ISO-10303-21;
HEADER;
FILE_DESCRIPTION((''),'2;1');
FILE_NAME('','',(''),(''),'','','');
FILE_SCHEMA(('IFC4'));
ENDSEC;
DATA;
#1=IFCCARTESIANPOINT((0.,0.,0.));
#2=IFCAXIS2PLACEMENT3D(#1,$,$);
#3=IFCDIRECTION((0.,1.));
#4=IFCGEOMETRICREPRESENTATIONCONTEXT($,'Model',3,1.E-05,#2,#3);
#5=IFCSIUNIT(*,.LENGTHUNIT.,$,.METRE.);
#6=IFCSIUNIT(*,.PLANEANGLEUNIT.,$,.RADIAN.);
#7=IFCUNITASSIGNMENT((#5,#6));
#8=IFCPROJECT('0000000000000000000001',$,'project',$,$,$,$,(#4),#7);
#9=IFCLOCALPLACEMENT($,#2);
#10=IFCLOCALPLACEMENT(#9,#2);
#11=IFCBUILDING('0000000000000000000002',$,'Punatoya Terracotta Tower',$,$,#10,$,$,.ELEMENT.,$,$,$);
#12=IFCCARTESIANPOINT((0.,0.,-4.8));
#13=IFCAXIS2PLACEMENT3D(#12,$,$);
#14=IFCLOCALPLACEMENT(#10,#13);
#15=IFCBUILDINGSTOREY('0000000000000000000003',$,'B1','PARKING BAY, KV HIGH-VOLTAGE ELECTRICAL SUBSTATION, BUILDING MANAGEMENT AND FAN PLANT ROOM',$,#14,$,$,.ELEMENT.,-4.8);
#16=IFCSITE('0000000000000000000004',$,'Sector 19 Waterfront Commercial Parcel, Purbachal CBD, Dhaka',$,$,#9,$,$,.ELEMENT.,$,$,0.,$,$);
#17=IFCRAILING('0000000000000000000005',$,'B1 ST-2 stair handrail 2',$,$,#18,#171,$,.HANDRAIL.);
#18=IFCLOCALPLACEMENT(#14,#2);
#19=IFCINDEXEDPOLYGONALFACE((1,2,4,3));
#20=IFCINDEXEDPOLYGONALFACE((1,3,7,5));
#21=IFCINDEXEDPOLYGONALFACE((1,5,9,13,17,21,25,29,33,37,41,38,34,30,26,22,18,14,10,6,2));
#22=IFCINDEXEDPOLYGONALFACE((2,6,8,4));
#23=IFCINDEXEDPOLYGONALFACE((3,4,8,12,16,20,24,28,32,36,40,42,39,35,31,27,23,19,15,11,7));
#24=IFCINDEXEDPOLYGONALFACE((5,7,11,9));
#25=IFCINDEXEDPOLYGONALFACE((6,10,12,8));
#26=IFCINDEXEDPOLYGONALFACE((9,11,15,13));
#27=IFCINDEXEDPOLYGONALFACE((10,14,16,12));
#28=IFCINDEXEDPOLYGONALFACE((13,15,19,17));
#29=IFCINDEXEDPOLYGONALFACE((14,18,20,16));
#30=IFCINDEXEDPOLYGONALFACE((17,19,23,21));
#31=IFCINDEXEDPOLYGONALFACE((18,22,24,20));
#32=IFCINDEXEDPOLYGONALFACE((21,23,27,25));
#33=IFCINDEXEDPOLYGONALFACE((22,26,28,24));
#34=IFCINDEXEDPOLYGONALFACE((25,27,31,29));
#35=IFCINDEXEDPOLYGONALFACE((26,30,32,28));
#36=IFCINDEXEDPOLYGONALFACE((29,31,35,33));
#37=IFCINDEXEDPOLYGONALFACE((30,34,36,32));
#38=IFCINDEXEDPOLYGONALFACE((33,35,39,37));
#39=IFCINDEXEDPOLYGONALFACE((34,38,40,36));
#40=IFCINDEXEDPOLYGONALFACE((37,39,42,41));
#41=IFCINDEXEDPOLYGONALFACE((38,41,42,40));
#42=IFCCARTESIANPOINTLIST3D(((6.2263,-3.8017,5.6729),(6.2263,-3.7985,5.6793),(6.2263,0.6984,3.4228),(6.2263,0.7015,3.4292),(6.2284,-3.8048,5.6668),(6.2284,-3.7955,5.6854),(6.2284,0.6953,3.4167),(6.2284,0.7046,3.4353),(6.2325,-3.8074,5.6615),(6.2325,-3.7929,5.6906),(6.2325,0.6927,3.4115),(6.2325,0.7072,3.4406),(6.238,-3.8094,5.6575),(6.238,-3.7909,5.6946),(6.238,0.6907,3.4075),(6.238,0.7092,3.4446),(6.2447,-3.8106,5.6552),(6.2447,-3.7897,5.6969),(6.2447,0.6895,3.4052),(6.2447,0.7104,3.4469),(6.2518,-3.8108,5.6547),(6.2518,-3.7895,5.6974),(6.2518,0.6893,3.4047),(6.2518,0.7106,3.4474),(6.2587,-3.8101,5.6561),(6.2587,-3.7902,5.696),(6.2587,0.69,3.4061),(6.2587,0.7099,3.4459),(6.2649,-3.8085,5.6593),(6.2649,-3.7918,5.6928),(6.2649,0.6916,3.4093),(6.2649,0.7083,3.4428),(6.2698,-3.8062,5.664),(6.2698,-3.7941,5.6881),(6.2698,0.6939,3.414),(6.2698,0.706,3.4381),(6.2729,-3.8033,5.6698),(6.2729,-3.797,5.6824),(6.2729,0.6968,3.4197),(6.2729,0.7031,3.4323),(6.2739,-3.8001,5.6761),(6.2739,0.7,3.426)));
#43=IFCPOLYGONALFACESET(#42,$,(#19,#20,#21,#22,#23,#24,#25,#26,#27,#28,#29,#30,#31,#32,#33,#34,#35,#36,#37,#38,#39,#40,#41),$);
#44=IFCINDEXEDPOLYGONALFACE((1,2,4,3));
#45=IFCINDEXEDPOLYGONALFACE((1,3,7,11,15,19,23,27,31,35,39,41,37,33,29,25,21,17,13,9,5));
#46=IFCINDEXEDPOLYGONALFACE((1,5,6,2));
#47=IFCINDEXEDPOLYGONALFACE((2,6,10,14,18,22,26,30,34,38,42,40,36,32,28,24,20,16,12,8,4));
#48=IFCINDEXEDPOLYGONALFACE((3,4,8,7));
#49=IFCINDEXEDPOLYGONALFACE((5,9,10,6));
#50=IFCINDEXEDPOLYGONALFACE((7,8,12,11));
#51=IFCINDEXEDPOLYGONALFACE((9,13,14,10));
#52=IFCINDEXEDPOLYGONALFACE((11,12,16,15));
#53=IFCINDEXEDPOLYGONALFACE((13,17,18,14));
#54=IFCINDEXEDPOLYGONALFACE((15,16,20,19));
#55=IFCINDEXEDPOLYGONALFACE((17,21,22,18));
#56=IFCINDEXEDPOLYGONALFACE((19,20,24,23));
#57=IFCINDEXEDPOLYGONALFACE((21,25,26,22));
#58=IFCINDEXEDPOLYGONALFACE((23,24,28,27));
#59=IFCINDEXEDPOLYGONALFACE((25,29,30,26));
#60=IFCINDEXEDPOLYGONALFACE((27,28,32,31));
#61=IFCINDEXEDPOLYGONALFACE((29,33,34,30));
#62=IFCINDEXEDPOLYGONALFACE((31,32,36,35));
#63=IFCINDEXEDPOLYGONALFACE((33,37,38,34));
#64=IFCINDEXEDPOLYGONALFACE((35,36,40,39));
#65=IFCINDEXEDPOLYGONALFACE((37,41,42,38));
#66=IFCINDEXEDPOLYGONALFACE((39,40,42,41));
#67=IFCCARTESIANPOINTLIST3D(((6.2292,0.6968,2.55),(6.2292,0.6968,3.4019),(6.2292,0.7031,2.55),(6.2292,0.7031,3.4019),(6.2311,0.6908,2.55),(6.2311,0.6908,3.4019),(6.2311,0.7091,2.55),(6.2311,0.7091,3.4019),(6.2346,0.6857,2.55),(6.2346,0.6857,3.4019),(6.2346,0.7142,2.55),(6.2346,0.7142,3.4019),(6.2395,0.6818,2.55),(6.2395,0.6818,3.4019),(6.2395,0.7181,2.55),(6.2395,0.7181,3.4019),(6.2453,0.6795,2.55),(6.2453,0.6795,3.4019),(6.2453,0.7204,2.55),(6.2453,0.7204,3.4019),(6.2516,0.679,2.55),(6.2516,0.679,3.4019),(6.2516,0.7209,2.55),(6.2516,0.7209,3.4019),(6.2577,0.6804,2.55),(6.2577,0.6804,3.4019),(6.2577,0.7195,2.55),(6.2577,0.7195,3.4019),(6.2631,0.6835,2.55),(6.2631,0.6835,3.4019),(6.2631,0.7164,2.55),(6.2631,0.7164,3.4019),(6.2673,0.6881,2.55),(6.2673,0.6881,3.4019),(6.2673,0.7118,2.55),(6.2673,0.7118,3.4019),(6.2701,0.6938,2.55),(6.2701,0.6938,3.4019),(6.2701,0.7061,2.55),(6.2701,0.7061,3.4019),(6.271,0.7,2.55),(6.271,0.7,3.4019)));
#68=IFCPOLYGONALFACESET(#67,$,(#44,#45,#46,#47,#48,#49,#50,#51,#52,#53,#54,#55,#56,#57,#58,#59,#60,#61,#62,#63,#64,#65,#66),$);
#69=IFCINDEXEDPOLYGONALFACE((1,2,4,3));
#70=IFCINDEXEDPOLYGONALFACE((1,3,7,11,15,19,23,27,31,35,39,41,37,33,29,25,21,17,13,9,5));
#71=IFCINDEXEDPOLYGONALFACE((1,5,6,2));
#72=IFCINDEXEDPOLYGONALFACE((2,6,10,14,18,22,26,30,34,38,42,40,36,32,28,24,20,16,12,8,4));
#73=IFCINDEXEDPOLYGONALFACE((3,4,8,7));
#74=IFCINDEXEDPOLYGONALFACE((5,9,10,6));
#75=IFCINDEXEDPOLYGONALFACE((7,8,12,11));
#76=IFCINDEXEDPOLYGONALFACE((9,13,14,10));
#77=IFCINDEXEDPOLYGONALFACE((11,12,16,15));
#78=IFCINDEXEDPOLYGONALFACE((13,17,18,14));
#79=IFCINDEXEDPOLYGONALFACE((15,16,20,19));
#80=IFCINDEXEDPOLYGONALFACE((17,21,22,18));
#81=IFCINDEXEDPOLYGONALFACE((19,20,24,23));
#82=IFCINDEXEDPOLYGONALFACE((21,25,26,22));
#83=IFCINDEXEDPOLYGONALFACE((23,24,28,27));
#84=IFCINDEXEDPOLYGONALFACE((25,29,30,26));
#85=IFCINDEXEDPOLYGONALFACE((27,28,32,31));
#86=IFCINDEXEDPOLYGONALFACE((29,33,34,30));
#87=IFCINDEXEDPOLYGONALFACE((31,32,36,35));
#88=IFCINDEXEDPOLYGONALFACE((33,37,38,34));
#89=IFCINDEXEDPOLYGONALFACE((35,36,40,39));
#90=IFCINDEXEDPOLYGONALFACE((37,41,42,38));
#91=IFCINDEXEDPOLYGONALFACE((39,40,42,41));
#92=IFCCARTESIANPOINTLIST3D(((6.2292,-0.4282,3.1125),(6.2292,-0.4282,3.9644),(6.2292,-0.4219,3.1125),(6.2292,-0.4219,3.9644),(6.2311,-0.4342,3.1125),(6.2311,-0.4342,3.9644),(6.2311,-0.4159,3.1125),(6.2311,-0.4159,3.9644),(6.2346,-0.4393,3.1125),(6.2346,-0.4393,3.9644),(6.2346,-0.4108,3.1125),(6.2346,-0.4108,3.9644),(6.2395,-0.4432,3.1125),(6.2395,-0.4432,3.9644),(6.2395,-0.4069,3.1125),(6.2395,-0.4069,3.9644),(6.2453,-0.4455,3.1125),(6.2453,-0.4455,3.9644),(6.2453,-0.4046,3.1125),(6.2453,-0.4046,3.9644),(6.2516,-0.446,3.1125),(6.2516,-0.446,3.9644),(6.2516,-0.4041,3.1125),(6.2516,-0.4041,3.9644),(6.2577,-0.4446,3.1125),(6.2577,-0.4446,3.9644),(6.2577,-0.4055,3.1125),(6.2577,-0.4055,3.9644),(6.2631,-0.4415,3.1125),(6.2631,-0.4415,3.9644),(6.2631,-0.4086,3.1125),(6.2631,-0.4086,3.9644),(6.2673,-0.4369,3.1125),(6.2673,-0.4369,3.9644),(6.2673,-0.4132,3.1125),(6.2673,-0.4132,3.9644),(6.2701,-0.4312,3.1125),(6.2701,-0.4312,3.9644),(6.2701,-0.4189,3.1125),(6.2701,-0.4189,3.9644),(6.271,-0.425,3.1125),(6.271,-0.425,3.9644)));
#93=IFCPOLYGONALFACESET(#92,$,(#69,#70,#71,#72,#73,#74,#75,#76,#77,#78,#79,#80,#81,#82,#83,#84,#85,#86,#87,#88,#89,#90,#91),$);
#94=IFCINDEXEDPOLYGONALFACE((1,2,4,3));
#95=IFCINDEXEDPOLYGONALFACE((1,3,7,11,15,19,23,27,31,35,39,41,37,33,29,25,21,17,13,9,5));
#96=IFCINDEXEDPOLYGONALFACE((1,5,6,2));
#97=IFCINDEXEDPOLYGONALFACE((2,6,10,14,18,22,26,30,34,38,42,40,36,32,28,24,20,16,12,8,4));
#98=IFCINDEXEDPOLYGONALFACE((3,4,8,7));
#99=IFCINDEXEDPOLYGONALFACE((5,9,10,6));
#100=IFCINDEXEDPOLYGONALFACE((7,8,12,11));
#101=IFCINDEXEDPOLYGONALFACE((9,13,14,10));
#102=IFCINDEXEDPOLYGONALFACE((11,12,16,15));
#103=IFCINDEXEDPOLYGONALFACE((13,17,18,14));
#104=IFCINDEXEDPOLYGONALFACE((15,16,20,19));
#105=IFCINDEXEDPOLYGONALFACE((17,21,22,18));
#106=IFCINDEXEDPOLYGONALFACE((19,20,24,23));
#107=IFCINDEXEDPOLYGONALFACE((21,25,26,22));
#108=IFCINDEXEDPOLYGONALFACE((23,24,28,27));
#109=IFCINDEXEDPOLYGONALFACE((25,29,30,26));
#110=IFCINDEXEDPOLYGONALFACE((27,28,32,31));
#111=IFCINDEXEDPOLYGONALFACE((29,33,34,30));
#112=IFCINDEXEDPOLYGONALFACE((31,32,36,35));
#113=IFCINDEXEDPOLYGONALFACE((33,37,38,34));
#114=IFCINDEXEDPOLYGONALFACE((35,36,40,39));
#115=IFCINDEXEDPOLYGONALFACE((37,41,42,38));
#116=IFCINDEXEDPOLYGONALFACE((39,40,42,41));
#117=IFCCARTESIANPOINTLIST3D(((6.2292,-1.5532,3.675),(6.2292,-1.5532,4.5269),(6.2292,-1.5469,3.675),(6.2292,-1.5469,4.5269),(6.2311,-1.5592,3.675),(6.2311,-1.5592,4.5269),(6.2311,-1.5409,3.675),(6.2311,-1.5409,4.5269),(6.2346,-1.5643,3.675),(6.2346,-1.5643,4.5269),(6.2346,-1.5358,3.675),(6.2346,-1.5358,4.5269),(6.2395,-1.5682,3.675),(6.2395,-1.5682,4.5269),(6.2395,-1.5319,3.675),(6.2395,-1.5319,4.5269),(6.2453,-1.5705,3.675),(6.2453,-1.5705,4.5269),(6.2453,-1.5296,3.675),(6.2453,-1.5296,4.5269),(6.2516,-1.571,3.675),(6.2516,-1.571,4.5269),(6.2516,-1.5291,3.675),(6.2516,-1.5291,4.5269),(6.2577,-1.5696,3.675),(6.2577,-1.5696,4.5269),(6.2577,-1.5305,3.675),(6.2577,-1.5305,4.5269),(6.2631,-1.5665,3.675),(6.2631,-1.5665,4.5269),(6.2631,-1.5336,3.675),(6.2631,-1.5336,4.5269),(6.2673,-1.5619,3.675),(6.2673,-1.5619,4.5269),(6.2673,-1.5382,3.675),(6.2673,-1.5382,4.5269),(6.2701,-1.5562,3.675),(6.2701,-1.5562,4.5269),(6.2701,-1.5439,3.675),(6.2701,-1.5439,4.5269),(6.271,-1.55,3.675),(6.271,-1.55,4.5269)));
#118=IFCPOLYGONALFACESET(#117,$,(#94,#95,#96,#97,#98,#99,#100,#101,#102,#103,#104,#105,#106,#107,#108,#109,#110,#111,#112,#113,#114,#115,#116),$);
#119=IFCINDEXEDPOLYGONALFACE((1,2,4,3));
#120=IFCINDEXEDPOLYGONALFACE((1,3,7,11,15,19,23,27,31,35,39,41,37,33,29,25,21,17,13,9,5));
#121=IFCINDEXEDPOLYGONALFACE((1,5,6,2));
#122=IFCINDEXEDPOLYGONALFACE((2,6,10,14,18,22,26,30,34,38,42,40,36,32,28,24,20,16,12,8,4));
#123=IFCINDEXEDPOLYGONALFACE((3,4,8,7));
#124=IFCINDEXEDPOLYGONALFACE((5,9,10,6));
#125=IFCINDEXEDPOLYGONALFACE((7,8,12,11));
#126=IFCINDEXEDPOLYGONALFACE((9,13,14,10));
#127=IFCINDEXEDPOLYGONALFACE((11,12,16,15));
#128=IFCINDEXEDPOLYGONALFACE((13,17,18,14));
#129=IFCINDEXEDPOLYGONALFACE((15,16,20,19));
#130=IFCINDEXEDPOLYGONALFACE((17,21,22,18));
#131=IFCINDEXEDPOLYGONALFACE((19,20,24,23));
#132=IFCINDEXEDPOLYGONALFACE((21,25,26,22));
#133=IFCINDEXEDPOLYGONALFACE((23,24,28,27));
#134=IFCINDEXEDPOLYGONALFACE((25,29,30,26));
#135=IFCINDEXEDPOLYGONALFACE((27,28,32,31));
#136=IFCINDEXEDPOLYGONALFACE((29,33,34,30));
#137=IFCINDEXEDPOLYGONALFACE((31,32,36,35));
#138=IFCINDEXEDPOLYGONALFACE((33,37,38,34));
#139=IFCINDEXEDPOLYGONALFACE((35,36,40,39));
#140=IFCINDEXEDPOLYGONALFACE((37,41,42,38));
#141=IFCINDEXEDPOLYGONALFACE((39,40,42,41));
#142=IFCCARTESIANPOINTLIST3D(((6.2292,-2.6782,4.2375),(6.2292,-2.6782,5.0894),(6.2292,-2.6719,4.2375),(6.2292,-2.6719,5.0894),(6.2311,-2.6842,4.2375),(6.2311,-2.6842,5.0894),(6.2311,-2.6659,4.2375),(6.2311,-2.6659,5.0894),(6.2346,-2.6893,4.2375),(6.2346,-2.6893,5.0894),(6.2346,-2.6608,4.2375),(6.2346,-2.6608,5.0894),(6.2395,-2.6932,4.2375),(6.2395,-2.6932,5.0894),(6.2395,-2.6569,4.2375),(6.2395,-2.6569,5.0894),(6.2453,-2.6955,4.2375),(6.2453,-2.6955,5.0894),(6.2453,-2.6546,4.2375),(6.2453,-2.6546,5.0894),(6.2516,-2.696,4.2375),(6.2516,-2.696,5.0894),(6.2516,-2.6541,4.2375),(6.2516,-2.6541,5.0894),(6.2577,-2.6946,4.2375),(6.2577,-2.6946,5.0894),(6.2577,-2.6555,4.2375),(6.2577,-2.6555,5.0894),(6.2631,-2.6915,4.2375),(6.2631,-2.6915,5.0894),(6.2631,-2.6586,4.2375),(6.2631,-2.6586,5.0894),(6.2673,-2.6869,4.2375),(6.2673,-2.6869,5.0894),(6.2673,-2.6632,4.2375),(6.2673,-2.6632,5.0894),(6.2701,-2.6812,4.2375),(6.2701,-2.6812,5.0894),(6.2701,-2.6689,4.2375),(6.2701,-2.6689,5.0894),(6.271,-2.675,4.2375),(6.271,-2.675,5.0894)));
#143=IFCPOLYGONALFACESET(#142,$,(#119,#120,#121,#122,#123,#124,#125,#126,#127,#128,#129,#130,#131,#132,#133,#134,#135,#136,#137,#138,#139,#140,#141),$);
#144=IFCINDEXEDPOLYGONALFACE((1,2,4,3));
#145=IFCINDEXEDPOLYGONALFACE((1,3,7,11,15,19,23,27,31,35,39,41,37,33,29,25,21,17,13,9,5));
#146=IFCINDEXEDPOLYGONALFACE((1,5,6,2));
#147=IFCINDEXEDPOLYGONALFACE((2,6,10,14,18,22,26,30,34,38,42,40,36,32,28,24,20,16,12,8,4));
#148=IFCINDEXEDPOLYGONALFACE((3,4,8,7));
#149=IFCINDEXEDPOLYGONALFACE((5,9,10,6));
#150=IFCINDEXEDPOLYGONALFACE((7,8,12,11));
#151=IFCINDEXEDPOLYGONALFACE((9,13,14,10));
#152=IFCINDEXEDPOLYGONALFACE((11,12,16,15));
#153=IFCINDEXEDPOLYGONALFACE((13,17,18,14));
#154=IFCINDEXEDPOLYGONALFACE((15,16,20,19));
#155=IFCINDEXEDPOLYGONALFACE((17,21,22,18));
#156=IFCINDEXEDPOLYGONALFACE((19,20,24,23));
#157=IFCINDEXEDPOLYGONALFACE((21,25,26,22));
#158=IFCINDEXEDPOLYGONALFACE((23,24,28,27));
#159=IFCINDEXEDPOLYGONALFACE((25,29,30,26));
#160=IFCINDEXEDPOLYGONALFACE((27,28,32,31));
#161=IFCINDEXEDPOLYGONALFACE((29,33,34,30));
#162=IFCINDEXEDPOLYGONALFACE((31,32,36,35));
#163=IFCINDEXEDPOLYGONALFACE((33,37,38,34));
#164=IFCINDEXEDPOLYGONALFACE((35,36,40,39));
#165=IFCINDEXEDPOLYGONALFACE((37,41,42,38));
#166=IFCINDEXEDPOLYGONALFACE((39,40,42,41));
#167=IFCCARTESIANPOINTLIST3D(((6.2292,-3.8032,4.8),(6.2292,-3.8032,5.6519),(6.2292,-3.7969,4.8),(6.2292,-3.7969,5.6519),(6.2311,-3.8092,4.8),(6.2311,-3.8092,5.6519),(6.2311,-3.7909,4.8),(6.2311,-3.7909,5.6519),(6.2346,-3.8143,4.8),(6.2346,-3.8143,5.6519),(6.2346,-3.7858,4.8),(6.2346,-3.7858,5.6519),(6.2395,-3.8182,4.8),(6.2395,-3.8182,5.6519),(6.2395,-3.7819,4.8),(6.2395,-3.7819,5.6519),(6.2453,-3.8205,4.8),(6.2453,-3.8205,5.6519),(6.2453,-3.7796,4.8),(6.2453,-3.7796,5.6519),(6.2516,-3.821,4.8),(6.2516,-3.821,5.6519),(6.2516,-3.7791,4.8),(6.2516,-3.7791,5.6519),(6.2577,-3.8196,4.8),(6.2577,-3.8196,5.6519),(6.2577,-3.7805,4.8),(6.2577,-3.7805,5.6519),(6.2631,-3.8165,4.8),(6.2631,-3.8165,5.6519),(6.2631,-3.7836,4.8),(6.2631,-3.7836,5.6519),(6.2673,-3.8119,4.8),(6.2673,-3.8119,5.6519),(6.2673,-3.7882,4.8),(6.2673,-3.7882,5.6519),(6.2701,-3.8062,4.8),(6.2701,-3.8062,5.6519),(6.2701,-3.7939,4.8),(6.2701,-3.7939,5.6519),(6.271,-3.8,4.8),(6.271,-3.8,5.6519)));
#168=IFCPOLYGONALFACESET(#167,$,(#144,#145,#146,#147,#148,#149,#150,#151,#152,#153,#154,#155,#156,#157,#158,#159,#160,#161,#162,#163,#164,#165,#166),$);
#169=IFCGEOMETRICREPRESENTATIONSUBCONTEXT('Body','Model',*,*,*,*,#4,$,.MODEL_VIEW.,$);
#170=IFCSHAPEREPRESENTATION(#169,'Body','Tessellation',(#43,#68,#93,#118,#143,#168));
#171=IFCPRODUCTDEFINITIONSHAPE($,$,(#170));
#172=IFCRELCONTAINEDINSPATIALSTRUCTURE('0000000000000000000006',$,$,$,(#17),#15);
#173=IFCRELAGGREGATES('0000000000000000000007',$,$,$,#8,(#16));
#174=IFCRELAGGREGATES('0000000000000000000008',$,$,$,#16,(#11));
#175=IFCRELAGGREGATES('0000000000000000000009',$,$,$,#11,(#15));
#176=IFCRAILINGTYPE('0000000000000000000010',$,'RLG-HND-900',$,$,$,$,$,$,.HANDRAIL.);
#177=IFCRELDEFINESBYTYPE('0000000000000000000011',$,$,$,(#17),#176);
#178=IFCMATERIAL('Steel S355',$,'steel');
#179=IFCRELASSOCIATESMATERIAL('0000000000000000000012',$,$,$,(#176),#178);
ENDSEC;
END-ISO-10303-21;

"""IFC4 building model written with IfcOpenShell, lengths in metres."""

from ifc_helpers import new_model, si_unit, direction, frame, origin, origin_2d, place, context, subcontext, project, spatial, circle, extrude, material, type_object, element, save


model = new_model("IFC4")

# Units and contexts
model_context = context("Model", 3, precision=1e-05, world=origin(), true_north=direction((0.0, 1.0)))
body_context = subcontext(model_context, "Body", "Model", "MODEL_VIEW")
ifc_project = project(units=[si_unit("LENGTHUNIT", "METRE"), si_unit("PLANEANGLEUNIT", "RADIAN")], contexts=[model_context])

# Site, building, storey
site_placement = place(None, origin())
site = spatial("IfcSite", under=ifc_project, at=site_placement, Name="Sector 19 Waterfront Commercial Parcel, Purbachal CBD, Dhaka", CompositionType="ELEMENT", RefElevation=0.0)
building_placement = place(site_placement, origin())
building = spatial("IfcBuilding", under=site, at=building_placement, Name="Punatoya Terracotta Tower", CompositionType="ELEMENT")
storey_placement = place(building_placement, frame((0.0, 0.0, -4.8)))
storey = spatial("IfcBuildingStorey", under=building, at=storey_placement, Name="B1", Description="PARKING BAY, KV HIGH-VOLTAGE ELECTRICAL SUBSTATION, BUILDING MANAGEMENT AND FAN PLANT ROOM", CompositionType="ELEMENT", Elevation=-4.8)

# Shared definitions
ifc_material_1 = material(Name="Steel S355", Category="steel")

# Railing
railing_type_1 = type_object("IfcRailingType", Name="RLG-HND-900", PredefinedType="HANDRAIL", material=ifc_material_1)
railing_1_placement = place(storey_placement, frame((6.25, 0.7, 2.55)))
element("IfcRailing", 1, at=railing_1_placement, inside=storey, type_object=railing_type_1, Name="B1 ST-2 stair handrail 2", PredefinedType="HANDRAIL", context=body_context, shape_type="SweptSolid", body=[
    extrude(circle(Radius=0.0239, at=origin_2d()), frame((0.0, 0.0, 0.876), z_axis=(0.0, -0.894427, 0.447214), x_axis=(1.0, 0.0, 0.0)), (0.0, 0.0, 1.0), 5.0312),
    extrude(circle(Radius=0.021, at=origin_2d()), origin(), (0.0, 0.0, 1.0), 0.8518),
    extrude(circle(Radius=0.021, at=origin_2d()), frame((0.0, -1.125, 0.5625)), (0.0, 0.0, 1.0), 0.8518),
    extrude(circle(Radius=0.021, at=origin_2d()), frame((0.0, -2.25, 1.125)), (0.0, 0.0, 1.0), 0.8518),
    extrude(circle(Radius=0.021, at=origin_2d()), frame((0.0, -3.375, 1.6875)), (0.0, 0.0, 1.0), 0.8518),
    extrude(circle(Radius=0.021, at=origin_2d()), frame((0.0, -4.5, 2.25)), (0.0, 0.0, 1.0), 0.8518),
])

save(model, "model.ifc")
